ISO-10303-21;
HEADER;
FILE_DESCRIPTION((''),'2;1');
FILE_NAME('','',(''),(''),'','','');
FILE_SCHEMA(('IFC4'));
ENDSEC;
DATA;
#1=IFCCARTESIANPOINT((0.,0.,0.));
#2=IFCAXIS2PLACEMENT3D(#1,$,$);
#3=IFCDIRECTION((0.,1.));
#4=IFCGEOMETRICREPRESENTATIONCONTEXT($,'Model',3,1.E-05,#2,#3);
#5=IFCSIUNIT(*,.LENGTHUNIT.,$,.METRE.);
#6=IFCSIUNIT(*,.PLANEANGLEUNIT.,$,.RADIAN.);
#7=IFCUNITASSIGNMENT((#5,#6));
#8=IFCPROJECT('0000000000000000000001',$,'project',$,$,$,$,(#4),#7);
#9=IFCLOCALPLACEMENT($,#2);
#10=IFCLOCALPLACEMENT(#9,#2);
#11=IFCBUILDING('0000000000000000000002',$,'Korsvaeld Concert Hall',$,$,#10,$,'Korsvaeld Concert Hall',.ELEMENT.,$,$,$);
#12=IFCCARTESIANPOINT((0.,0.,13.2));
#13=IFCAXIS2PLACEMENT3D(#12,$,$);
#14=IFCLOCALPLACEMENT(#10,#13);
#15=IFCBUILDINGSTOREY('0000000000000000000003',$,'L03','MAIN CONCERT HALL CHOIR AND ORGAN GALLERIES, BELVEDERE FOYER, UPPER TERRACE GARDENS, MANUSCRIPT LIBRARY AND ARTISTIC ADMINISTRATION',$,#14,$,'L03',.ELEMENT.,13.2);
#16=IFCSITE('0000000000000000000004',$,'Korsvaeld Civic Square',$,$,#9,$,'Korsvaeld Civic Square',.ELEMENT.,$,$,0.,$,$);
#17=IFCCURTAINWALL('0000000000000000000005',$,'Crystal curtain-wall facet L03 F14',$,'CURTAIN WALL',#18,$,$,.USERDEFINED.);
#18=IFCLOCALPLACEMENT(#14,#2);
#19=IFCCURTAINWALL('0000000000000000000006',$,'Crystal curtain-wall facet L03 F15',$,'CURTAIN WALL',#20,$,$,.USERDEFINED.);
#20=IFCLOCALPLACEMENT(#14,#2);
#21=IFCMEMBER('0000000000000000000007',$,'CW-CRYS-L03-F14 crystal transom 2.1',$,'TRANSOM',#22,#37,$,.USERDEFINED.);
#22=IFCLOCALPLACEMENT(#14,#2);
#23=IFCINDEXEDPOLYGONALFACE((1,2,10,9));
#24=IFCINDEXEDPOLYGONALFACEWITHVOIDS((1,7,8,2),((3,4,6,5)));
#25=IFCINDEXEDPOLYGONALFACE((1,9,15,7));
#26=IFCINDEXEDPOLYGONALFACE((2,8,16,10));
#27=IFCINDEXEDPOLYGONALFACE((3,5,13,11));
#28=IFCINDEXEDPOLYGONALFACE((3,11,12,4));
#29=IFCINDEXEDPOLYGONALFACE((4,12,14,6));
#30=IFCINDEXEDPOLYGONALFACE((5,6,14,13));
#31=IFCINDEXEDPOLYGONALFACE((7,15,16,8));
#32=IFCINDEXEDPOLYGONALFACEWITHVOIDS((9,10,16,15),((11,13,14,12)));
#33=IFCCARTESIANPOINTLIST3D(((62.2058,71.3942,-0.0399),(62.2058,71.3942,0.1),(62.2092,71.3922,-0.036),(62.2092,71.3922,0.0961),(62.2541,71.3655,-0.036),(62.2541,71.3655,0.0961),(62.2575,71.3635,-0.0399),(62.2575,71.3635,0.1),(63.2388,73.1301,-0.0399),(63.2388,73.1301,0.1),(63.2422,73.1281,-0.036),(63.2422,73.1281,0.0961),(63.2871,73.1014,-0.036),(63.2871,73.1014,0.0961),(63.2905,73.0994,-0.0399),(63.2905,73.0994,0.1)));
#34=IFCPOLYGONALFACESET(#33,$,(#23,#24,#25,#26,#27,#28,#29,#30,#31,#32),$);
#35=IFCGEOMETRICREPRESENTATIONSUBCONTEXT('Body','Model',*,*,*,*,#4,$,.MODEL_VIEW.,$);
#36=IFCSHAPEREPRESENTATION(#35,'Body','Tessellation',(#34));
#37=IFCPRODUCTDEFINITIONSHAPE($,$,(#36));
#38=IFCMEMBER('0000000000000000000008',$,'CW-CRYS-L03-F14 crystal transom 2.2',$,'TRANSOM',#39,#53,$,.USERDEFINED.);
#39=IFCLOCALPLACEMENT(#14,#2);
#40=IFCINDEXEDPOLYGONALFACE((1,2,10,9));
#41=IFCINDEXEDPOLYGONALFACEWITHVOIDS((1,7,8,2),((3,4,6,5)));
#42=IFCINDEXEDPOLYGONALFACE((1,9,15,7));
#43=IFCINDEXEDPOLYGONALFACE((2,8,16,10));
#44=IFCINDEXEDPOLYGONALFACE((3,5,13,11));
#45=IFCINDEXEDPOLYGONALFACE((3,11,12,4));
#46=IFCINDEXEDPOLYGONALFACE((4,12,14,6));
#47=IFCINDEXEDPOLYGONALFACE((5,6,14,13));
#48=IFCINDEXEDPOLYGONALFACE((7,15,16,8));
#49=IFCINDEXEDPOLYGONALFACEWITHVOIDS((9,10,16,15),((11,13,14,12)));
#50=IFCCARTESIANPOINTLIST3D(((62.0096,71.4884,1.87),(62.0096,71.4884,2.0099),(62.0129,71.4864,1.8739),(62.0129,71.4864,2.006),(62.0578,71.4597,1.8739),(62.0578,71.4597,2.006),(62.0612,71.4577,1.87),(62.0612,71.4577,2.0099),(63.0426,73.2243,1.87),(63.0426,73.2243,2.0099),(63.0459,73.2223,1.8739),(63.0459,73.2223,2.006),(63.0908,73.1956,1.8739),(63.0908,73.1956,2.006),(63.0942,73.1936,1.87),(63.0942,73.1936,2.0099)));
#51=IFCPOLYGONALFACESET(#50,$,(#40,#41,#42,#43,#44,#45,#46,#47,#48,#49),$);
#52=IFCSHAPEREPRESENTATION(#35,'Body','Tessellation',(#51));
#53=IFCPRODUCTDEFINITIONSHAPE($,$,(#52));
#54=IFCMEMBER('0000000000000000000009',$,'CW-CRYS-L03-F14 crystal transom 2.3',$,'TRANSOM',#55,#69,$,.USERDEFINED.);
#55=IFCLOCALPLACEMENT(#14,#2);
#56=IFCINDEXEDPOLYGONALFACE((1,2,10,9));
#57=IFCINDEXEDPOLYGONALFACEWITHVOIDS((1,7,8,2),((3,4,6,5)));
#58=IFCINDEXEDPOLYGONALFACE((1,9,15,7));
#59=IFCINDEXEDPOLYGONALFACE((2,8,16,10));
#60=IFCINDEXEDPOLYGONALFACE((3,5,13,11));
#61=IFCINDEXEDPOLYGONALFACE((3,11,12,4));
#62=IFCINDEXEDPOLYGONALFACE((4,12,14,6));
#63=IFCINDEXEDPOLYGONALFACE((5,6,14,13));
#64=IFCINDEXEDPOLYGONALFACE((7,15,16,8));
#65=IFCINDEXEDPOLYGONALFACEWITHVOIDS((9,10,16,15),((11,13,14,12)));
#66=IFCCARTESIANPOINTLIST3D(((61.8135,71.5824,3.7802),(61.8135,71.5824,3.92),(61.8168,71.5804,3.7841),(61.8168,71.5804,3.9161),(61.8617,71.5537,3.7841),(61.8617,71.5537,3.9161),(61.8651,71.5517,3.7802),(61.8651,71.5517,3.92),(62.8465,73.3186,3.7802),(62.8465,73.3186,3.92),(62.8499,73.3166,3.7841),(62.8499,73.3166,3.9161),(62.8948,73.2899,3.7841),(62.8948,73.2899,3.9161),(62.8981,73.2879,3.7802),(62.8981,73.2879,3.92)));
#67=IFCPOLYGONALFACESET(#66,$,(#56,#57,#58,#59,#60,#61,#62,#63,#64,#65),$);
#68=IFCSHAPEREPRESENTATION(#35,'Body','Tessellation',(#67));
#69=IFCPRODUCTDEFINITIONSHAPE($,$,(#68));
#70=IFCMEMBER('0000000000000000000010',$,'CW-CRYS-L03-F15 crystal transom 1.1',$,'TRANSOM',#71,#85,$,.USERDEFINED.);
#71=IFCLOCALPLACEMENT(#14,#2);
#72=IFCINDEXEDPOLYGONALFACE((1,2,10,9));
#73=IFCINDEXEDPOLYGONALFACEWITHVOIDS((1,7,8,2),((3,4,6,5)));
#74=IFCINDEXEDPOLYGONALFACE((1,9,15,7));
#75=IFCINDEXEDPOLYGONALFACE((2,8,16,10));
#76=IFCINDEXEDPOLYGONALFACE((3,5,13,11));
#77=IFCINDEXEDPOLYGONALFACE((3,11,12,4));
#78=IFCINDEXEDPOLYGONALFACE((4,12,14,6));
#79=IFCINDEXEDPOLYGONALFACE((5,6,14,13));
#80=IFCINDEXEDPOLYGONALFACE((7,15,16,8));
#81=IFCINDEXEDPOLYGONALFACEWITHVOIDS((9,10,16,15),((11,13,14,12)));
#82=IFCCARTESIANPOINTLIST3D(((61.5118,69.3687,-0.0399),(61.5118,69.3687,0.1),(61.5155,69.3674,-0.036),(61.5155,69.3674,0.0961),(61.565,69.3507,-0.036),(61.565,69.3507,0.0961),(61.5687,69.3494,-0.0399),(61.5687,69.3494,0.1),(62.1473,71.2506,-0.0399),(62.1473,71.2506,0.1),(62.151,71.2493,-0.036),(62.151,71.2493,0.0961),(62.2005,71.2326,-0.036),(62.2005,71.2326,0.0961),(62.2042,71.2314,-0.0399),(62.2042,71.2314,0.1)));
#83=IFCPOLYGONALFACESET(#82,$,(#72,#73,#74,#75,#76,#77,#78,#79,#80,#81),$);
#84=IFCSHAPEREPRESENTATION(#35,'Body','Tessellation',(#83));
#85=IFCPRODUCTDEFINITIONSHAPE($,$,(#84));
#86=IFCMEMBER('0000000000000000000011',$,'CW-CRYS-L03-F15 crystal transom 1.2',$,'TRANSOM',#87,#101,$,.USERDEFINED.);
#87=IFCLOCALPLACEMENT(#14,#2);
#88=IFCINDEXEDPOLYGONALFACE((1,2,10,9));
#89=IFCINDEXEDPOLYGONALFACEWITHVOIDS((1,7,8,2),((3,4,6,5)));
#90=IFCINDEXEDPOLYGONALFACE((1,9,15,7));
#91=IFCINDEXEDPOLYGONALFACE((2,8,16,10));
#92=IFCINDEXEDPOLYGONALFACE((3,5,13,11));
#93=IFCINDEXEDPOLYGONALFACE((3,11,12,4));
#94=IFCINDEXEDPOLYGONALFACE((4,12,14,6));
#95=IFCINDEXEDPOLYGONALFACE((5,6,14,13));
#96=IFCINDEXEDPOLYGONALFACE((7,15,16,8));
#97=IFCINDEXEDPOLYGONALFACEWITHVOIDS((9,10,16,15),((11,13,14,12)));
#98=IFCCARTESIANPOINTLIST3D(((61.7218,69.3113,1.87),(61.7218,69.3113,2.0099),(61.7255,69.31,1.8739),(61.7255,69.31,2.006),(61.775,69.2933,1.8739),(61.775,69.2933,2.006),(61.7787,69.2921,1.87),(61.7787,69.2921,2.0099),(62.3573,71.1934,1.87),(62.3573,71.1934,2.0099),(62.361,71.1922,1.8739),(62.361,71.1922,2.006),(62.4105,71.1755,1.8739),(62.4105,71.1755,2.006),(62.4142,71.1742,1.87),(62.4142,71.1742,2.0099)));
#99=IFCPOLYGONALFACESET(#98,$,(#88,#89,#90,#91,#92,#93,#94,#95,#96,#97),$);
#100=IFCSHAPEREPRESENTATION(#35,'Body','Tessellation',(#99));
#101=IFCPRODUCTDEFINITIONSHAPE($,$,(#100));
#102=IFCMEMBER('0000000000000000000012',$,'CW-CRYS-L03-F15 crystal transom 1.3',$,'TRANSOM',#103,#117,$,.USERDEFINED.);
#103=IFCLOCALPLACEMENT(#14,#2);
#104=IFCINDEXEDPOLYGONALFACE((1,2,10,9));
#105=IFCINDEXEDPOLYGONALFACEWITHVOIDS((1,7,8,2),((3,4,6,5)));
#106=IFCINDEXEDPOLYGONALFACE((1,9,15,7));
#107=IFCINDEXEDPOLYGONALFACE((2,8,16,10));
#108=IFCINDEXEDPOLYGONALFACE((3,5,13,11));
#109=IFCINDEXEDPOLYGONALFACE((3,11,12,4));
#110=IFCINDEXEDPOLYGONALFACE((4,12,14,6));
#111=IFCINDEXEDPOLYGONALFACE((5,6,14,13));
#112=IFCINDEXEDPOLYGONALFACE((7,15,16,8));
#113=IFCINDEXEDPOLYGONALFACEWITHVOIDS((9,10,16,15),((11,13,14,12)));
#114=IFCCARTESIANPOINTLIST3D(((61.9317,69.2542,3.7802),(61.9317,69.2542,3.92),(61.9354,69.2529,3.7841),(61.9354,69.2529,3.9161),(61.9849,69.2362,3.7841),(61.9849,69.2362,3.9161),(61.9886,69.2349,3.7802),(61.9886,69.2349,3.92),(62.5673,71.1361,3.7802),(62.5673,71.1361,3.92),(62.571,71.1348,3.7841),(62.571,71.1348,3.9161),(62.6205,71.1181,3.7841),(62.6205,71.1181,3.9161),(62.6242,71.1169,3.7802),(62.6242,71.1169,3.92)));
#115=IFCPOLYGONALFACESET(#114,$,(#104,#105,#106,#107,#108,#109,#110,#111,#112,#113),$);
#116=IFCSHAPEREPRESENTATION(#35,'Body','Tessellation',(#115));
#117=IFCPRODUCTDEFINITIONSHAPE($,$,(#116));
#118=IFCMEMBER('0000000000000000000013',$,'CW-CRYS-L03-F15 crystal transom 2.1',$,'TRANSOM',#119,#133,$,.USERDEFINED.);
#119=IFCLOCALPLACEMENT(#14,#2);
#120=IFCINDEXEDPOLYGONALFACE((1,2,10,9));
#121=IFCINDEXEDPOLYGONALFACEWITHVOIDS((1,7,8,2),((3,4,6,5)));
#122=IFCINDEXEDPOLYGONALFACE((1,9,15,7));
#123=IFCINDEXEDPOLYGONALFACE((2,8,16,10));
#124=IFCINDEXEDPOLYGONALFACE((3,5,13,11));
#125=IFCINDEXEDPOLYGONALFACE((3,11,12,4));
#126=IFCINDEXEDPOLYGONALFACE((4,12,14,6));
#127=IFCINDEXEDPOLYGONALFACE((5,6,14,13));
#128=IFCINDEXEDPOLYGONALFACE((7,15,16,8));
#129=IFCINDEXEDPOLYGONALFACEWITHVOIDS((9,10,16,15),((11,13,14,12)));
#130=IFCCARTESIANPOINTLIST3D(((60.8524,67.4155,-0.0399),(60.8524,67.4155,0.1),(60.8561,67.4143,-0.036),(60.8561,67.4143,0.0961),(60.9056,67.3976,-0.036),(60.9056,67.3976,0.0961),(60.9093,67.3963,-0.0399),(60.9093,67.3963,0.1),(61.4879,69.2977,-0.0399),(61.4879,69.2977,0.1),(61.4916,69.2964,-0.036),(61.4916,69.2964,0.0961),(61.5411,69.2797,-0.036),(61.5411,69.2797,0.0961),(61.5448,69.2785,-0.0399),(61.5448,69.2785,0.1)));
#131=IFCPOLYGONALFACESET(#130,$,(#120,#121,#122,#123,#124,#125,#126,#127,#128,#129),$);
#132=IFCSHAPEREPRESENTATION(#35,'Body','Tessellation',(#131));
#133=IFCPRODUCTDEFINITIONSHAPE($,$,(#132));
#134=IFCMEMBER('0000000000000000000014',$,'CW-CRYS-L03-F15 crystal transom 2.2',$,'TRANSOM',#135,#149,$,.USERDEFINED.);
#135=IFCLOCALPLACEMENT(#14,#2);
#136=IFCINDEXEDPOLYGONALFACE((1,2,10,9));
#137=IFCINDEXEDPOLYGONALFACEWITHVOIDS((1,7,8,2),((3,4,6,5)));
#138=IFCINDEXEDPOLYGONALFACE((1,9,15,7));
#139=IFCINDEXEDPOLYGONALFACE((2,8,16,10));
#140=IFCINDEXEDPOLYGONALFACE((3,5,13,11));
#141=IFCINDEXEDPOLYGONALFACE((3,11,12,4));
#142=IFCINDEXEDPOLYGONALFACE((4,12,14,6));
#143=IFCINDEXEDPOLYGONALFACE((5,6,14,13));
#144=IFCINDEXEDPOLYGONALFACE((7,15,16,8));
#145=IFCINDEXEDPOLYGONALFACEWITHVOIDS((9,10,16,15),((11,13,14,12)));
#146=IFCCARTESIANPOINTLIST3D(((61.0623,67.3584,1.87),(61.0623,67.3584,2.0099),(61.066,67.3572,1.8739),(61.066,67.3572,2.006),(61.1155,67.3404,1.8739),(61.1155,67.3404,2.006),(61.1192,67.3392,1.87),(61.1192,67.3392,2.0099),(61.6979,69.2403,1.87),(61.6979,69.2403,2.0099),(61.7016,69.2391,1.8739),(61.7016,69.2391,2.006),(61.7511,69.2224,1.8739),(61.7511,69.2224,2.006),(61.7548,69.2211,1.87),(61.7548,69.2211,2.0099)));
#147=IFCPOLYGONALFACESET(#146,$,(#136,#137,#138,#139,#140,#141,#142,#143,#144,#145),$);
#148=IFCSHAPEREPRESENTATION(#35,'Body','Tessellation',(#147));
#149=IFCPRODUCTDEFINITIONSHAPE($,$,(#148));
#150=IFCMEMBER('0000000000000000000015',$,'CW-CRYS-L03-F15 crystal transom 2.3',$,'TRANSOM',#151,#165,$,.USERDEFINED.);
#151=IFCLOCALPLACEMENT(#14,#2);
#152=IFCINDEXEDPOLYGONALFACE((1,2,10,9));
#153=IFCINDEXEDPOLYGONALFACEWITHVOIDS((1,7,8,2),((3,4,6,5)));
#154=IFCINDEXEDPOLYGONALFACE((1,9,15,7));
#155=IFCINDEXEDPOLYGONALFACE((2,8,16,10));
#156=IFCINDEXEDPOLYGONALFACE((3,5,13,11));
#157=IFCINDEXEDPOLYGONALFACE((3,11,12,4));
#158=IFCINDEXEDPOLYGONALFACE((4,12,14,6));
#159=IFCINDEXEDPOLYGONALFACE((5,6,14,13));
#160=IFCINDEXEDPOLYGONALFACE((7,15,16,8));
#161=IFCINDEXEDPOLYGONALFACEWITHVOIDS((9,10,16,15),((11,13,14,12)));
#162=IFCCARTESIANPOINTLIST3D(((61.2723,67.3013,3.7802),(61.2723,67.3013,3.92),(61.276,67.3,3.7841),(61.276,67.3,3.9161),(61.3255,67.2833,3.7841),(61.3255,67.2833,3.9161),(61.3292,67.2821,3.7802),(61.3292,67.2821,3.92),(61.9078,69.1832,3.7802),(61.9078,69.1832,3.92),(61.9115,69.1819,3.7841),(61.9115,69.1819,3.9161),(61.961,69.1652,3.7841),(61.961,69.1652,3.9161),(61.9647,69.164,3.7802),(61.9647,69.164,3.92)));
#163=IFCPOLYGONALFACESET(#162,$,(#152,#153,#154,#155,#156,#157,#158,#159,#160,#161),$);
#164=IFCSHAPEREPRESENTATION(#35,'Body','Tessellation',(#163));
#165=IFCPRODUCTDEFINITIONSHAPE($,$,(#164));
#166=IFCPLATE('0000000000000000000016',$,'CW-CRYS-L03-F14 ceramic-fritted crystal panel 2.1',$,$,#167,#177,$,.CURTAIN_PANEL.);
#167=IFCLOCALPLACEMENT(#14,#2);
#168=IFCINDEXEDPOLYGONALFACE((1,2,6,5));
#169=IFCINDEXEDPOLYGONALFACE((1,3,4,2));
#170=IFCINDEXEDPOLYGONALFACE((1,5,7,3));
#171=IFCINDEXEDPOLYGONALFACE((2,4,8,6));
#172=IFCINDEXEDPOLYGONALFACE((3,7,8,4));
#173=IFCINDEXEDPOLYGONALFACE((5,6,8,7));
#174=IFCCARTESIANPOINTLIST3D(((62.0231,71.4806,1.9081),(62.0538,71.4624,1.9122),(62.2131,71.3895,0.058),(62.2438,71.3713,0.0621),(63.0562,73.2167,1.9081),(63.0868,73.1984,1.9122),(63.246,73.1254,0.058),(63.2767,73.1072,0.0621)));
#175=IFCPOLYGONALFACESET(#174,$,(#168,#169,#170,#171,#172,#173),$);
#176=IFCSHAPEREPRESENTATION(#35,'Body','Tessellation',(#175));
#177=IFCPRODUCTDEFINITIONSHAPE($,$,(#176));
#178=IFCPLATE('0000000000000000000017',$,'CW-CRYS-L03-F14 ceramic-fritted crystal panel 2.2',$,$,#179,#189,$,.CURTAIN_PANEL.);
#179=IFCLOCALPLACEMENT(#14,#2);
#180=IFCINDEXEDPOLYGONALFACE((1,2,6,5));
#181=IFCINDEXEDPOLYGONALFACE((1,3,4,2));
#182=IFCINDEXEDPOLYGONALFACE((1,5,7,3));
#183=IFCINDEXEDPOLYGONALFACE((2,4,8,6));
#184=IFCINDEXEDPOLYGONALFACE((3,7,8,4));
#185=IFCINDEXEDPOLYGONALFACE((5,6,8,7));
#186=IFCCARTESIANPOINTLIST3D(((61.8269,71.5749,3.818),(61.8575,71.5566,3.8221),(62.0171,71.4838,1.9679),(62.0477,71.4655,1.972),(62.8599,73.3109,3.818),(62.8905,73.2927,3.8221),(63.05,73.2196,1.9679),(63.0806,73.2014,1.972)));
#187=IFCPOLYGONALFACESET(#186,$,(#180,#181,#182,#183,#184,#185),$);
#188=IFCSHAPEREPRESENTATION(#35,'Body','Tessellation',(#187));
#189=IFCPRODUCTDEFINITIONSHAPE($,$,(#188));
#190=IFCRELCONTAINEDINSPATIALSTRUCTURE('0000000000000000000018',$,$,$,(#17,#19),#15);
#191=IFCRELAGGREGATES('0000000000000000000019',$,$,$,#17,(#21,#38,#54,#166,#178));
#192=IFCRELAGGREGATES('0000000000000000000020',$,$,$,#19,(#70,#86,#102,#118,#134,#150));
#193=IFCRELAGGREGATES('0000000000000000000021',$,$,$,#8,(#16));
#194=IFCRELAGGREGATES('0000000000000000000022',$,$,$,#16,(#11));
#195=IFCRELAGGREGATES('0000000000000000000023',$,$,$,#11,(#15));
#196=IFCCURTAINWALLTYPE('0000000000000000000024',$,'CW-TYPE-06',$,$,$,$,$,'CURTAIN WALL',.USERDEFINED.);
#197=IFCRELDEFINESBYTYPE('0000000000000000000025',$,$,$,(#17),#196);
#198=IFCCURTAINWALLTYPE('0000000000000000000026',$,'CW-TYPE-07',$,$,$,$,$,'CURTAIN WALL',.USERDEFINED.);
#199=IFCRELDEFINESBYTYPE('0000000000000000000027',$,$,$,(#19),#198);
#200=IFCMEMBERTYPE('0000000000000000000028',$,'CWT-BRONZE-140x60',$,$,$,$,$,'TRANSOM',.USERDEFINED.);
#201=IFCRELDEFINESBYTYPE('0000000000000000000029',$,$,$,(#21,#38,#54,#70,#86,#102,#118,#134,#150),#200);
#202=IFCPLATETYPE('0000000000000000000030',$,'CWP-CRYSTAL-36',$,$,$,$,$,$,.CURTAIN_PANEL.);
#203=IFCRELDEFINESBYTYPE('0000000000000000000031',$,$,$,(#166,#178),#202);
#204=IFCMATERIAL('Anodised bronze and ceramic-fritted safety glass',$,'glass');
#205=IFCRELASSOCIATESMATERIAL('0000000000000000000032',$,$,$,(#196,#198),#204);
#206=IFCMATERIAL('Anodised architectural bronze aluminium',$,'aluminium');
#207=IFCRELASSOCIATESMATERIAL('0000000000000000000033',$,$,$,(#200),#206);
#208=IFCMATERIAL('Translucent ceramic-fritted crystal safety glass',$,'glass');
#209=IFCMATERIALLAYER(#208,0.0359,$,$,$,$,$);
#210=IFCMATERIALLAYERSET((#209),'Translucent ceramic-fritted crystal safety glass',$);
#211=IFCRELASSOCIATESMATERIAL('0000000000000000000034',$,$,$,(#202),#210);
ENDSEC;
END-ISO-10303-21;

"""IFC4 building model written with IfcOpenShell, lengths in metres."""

from ifc_helpers import new_model, si_unit, direction, frame, origin, origin_2d, place, context, subcontext, project, spatial, polyline, hollow_rectangle, outline, extrude, material, layer, layer_set, material_profile, profile_set, type_object, element, aggregate, save


model = new_model("IFC4")

# Units and contexts
model_context = context("Model", 3, precision=1e-05, world=origin(), true_north=direction((0.0, 1.0)))
body_context = subcontext(model_context, "Body", "Model", "MODEL_VIEW")
ifc_project = project(units=[si_unit("LENGTHUNIT", "METRE"), si_unit("PLANEANGLEUNIT", "RADIAN")], contexts=[model_context])

# Site, building, storey
site_placement = place(None, origin())
site = spatial("IfcSite", under=ifc_project, at=site_placement, Name="Korsvaeld Civic Square", LongName="Korsvaeld Civic Square", CompositionType="ELEMENT", RefElevation=0.0)
building_placement = place(site_placement, origin())
building = spatial("IfcBuilding", under=site, at=building_placement, Name="Korsvaeld Concert Hall", LongName="Korsvaeld Concert Hall", CompositionType="ELEMENT")
storey_placement = place(building_placement, frame((0.0, 0.0, 13.2)))
storey = spatial("IfcBuildingStorey", under=building, at=storey_placement, Name="L03", Description="MAIN CONCERT HALL CHOIR AND ORGAN GALLERIES, BELVEDERE FOYER, UPPER TERRACE GARDENS, MANUSCRIPT LIBRARY AND ARTISTIC ADMINISTRATION", LongName="L03", CompositionType="ELEMENT", Elevation=13.2)

# Curtain walls
ifc_material_1 = material(Name="Anodised bronze and ceramic-fritted safety glass", Category="glass")
curtain_wall_type_1 = type_object("IfcCurtainWallType", Name="CW-TYPE-06", ElementType="CURTAIN WALL", PredefinedType="USERDEFINED", material=ifc_material_1)
curtain_wall_1_placement = place(storey_placement, origin())
curtain_wall_1 = element("IfcCurtainWall", 1, at=curtain_wall_1_placement, inside=storey, type_object=curtain_wall_type_1, Name="Crystal curtain-wall facet L03 F14", ObjectType="CURTAIN WALL", PredefinedType="USERDEFINED")
ifc_material_2 = material(Name="Anodised architectural bronze aluminium", Category="aluminium")
curtain_wall_type_2 = type_object("IfcCurtainWallType", Name="CW-TYPE-07", ElementType="CURTAIN WALL", PredefinedType="USERDEFINED", material=ifc_material_1)
curtain_wall_2_placement = place(storey_placement, origin())
curtain_wall_2 = element("IfcCurtainWall", 2, at=curtain_wall_2_placement, inside=storey, type_object=curtain_wall_type_2, Name="Crystal curtain-wall facet L03 F15", ObjectType="CURTAIN WALL", PredefinedType="USERDEFINED")

# Members
ifc_material_profile_1 = material_profile(ifc_material_2, hollow_rectangle(XDim=0.0601, YDim=0.1399, WallThickness=0.0039, at=origin_2d()), Name="CWT 140x60x4")
ifc_profile_set_1 = profile_set([ifc_material_profile_1], Name="Anodised architectural bronze aluminium")
member_type_1 = type_object("IfcMemberType", Name="CWT-BRONZE-140x60", ElementType="TRANSOM", PredefinedType="USERDEFINED", material=ifc_profile_set_1)
member_1_placement = place(storey_placement, frame((63.2646, 73.1147, 0.03), z_axis=(-0.511382, -0.859354, 0.0), x_axis=(0.859354, -0.511382, 0.0)))
member_1 = element("IfcMember", 3, at=member_1_placement, type_object=member_type_1, Name="CW-CRYS-L03-F14 crystal transom 2.1", ObjectType="TRANSOM", PredefinedType="USERDEFINED", context=body_context, shape_type="SweptSolid", body=[
    extrude(hollow_rectangle(XDim=0.0601, YDim=0.1399, WallThickness=0.0039, at=origin_2d()), origin(), (0.0, 0.0, 1.0), 2.02),
])
member_2_placement = place(storey_placement, frame((63.0684, 73.209, 1.9399), z_axis=(-0.511382, -0.859354, 0.0), x_axis=(0.859354, -0.511382, 0.0)))
member_2 = element("IfcMember", 4, at=member_2_placement, type_object=member_type_1, Name="CW-CRYS-L03-F14 crystal transom 2.2", ObjectType="TRANSOM", PredefinedType="USERDEFINED", context=body_context, shape_type="SweptSolid", body=[
    extrude(hollow_rectangle(XDim=0.0601, YDim=0.1399, WallThickness=0.0039, at=origin_2d()), origin(), (0.0, 0.0, 1.0), 2.02),
])
member_3_placement = place(storey_placement, frame((62.8723, 73.3032, 3.8501), z_axis=(-0.511329, -0.859385, 0.0), x_axis=(0.859385, -0.511329, 0.0)))
member_3 = element("IfcMember", 5, at=member_3_placement, type_object=member_type_1, Name="CW-CRYS-L03-F14 crystal transom 2.3", ObjectType="TRANSOM", PredefinedType="USERDEFINED", context=body_context, shape_type="SweptSolid", body=[
    extrude(hollow_rectangle(XDim=0.0601, YDim=0.1399, WallThickness=0.0039, at=origin_2d()), origin(), (0.0, 0.0, 1.0), 2.0203),
])
member_4_placement = place(storey_placement, frame((62.1758, 71.241, 0.03), z_axis=(-0.31995, -0.947435, 0.0), x_axis=(0.947435, -0.31995, 0.0)))
member_4 = element("IfcMember", 6, at=member_4_placement, type_object=member_type_1, Name="CW-CRYS-L03-F15 crystal transom 1.1", ObjectType="TRANSOM", PredefinedType="USERDEFINED", context=body_context, shape_type="SweptSolid", body=[
    extrude(hollow_rectangle(XDim=0.0601, YDim=0.1399, WallThickness=0.0039, at=origin_2d()), origin(), (0.0, 0.0, 1.0), 1.9863),
])
member_5_placement = place(storey_placement, frame((62.3857, 71.1838, 1.9399), z_axis=(-0.319912, -0.947447, 0.0), x_axis=(0.947447, -0.319912, 0.0)))
member_5 = element("IfcMember", 7, at=member_5_placement, type_object=member_type_1, Name="CW-CRYS-L03-F15 crystal transom 1.2", ObjectType="TRANSOM", PredefinedType="USERDEFINED", context=body_context, shape_type="SweptSolid", body=[
    extrude(hollow_rectangle(XDim=0.0601, YDim=0.1399, WallThickness=0.0039, at=origin_2d()), origin(), (0.0, 0.0, 1.0), 1.9866),
])
member_6_placement = place(storey_placement, frame((62.5957, 71.1265, 3.8501), z_axis=(-0.31995, -0.947435, 0.0), x_axis=(0.947435, -0.31995, 0.0)))
member_6 = element("IfcMember", 8, at=member_6_placement, type_object=member_type_1, Name="CW-CRYS-L03-F15 crystal transom 1.3", ObjectType="TRANSOM", PredefinedType="USERDEFINED", context=body_context, shape_type="SweptSolid", body=[
    extrude(hollow_rectangle(XDim=0.0601, YDim=0.1399, WallThickness=0.0039, at=origin_2d()), origin(), (0.0, 0.0, 1.0), 1.9863),
])
member_7_placement = place(storey_placement, frame((61.5164, 69.2881, 0.03), z_axis=(-0.319912, -0.947447, 0.0), x_axis=(0.947447, -0.319912, 0.0)))
member_7 = element("IfcMember", 9, at=member_7_placement, type_object=member_type_1, Name="CW-CRYS-L03-F15 crystal transom 2.1", ObjectType="TRANSOM", PredefinedType="USERDEFINED", context=body_context, shape_type="SweptSolid", body=[
    extrude(hollow_rectangle(XDim=0.0601, YDim=0.1399, WallThickness=0.0039, at=origin_2d()), origin(), (0.0, 0.0, 1.0), 1.9866),
])
member_8_placement = place(storey_placement, frame((61.7263, 69.2307, 1.9399), z_axis=(-0.31995, -0.947435, 0.0), x_axis=(0.947435, -0.31995, 0.0)))
member_8 = element("IfcMember", 10, at=member_8_placement, type_object=member_type_1, Name="CW-CRYS-L03-F15 crystal transom 2.2", ObjectType="TRANSOM", PredefinedType="USERDEFINED", context=body_context, shape_type="SweptSolid", body=[
    extrude(hollow_rectangle(XDim=0.0601, YDim=0.1399, WallThickness=0.0039, at=origin_2d()), origin(), (0.0, 0.0, 1.0), 1.9863),
])
member_9_placement = place(storey_placement, frame((61.9363, 69.1736, 3.8501), z_axis=(-0.31995, -0.947435, 0.0), x_axis=(0.947435, -0.31995, 0.0)))
member_9 = element("IfcMember", 11, at=member_9_placement, type_object=member_type_1, Name="CW-CRYS-L03-F15 crystal transom 2.3", ObjectType="TRANSOM", PredefinedType="USERDEFINED", context=body_context, shape_type="SweptSolid", body=[
    extrude(hollow_rectangle(XDim=0.0601, YDim=0.1399, WallThickness=0.0039, at=origin_2d()), origin(), (0.0, 0.0, 1.0), 1.9863),
])

# Plates
ifc_material_3 = material(Name="Translucent ceramic-fritted crystal safety glass", Category="glass")
ifc_layer_1 = layer(ifc_material_3, 0.0359)
ifc_layer_set_1 = layer_set([ifc_layer_1], Name="Translucent ceramic-fritted crystal safety glass")
plate_type = type_object("IfcPlateType", Name="CWP-CRYSTAL-36", PredefinedType="CURTAIN_PANEL", material=ifc_layer_set_1)
plate_1_placement = place(storey_placement, frame((63.2615, 73.1162, 0.0601), z_axis=(-0.853894, 0.508097, -0.112708), x_axis=(-0.511356, -0.859369, 0.000003)))
plate_1 = element("IfcPlate", 12, at=plate_1_placement, type_object=plate_type, Name="CW-CRYS-L03-F14 ceramic-fritted crystal panel 2.1", PredefinedType="CURTAIN_PANEL", context=body_context, shape_type="SweptSolid", body=[
    extrude(outline(polyline([(0.0, 0.0), (2.0199, 0.0), (2.0388, 1.862), (0.0187, 1.862), (0.0, 0.0)])), frame((0.0, 0.0, 0.0181)), (0.0, 0.0, -1.0), 0.0359),
])
plate_2_placement = place(storey_placement, frame((63.0654, 73.2104, 1.97), z_axis=(-0.853883, 0.508091, -0.11282), x_axis=(-0.511356, -0.859369, 0.000003)))
plate_2 = element("IfcPlate", 13, at=plate_2_placement, type_object=plate_type, Name="CW-CRYS-L03-F14 ceramic-fritted crystal panel 2.2", PredefinedType="CURTAIN_PANEL", context=body_context, shape_type="SweptSolid", body=[
    extrude(outline(polyline([(0.0, 0.0), (2.0199, 0.0), (2.0389, 1.862), (0.0188, 1.862), (0.0, 0.0)])), frame((0.0, 0.0, 0.0181)), (0.0, 0.0, -1.0), 0.0359),
])
aggregate(curtain_wall_1, [member_1, member_2, member_3, plate_1, plate_2])
aggregate(curtain_wall_2, [member_4, member_5, member_6, member_7, member_8, member_9])

save(model, "model.ifc")
